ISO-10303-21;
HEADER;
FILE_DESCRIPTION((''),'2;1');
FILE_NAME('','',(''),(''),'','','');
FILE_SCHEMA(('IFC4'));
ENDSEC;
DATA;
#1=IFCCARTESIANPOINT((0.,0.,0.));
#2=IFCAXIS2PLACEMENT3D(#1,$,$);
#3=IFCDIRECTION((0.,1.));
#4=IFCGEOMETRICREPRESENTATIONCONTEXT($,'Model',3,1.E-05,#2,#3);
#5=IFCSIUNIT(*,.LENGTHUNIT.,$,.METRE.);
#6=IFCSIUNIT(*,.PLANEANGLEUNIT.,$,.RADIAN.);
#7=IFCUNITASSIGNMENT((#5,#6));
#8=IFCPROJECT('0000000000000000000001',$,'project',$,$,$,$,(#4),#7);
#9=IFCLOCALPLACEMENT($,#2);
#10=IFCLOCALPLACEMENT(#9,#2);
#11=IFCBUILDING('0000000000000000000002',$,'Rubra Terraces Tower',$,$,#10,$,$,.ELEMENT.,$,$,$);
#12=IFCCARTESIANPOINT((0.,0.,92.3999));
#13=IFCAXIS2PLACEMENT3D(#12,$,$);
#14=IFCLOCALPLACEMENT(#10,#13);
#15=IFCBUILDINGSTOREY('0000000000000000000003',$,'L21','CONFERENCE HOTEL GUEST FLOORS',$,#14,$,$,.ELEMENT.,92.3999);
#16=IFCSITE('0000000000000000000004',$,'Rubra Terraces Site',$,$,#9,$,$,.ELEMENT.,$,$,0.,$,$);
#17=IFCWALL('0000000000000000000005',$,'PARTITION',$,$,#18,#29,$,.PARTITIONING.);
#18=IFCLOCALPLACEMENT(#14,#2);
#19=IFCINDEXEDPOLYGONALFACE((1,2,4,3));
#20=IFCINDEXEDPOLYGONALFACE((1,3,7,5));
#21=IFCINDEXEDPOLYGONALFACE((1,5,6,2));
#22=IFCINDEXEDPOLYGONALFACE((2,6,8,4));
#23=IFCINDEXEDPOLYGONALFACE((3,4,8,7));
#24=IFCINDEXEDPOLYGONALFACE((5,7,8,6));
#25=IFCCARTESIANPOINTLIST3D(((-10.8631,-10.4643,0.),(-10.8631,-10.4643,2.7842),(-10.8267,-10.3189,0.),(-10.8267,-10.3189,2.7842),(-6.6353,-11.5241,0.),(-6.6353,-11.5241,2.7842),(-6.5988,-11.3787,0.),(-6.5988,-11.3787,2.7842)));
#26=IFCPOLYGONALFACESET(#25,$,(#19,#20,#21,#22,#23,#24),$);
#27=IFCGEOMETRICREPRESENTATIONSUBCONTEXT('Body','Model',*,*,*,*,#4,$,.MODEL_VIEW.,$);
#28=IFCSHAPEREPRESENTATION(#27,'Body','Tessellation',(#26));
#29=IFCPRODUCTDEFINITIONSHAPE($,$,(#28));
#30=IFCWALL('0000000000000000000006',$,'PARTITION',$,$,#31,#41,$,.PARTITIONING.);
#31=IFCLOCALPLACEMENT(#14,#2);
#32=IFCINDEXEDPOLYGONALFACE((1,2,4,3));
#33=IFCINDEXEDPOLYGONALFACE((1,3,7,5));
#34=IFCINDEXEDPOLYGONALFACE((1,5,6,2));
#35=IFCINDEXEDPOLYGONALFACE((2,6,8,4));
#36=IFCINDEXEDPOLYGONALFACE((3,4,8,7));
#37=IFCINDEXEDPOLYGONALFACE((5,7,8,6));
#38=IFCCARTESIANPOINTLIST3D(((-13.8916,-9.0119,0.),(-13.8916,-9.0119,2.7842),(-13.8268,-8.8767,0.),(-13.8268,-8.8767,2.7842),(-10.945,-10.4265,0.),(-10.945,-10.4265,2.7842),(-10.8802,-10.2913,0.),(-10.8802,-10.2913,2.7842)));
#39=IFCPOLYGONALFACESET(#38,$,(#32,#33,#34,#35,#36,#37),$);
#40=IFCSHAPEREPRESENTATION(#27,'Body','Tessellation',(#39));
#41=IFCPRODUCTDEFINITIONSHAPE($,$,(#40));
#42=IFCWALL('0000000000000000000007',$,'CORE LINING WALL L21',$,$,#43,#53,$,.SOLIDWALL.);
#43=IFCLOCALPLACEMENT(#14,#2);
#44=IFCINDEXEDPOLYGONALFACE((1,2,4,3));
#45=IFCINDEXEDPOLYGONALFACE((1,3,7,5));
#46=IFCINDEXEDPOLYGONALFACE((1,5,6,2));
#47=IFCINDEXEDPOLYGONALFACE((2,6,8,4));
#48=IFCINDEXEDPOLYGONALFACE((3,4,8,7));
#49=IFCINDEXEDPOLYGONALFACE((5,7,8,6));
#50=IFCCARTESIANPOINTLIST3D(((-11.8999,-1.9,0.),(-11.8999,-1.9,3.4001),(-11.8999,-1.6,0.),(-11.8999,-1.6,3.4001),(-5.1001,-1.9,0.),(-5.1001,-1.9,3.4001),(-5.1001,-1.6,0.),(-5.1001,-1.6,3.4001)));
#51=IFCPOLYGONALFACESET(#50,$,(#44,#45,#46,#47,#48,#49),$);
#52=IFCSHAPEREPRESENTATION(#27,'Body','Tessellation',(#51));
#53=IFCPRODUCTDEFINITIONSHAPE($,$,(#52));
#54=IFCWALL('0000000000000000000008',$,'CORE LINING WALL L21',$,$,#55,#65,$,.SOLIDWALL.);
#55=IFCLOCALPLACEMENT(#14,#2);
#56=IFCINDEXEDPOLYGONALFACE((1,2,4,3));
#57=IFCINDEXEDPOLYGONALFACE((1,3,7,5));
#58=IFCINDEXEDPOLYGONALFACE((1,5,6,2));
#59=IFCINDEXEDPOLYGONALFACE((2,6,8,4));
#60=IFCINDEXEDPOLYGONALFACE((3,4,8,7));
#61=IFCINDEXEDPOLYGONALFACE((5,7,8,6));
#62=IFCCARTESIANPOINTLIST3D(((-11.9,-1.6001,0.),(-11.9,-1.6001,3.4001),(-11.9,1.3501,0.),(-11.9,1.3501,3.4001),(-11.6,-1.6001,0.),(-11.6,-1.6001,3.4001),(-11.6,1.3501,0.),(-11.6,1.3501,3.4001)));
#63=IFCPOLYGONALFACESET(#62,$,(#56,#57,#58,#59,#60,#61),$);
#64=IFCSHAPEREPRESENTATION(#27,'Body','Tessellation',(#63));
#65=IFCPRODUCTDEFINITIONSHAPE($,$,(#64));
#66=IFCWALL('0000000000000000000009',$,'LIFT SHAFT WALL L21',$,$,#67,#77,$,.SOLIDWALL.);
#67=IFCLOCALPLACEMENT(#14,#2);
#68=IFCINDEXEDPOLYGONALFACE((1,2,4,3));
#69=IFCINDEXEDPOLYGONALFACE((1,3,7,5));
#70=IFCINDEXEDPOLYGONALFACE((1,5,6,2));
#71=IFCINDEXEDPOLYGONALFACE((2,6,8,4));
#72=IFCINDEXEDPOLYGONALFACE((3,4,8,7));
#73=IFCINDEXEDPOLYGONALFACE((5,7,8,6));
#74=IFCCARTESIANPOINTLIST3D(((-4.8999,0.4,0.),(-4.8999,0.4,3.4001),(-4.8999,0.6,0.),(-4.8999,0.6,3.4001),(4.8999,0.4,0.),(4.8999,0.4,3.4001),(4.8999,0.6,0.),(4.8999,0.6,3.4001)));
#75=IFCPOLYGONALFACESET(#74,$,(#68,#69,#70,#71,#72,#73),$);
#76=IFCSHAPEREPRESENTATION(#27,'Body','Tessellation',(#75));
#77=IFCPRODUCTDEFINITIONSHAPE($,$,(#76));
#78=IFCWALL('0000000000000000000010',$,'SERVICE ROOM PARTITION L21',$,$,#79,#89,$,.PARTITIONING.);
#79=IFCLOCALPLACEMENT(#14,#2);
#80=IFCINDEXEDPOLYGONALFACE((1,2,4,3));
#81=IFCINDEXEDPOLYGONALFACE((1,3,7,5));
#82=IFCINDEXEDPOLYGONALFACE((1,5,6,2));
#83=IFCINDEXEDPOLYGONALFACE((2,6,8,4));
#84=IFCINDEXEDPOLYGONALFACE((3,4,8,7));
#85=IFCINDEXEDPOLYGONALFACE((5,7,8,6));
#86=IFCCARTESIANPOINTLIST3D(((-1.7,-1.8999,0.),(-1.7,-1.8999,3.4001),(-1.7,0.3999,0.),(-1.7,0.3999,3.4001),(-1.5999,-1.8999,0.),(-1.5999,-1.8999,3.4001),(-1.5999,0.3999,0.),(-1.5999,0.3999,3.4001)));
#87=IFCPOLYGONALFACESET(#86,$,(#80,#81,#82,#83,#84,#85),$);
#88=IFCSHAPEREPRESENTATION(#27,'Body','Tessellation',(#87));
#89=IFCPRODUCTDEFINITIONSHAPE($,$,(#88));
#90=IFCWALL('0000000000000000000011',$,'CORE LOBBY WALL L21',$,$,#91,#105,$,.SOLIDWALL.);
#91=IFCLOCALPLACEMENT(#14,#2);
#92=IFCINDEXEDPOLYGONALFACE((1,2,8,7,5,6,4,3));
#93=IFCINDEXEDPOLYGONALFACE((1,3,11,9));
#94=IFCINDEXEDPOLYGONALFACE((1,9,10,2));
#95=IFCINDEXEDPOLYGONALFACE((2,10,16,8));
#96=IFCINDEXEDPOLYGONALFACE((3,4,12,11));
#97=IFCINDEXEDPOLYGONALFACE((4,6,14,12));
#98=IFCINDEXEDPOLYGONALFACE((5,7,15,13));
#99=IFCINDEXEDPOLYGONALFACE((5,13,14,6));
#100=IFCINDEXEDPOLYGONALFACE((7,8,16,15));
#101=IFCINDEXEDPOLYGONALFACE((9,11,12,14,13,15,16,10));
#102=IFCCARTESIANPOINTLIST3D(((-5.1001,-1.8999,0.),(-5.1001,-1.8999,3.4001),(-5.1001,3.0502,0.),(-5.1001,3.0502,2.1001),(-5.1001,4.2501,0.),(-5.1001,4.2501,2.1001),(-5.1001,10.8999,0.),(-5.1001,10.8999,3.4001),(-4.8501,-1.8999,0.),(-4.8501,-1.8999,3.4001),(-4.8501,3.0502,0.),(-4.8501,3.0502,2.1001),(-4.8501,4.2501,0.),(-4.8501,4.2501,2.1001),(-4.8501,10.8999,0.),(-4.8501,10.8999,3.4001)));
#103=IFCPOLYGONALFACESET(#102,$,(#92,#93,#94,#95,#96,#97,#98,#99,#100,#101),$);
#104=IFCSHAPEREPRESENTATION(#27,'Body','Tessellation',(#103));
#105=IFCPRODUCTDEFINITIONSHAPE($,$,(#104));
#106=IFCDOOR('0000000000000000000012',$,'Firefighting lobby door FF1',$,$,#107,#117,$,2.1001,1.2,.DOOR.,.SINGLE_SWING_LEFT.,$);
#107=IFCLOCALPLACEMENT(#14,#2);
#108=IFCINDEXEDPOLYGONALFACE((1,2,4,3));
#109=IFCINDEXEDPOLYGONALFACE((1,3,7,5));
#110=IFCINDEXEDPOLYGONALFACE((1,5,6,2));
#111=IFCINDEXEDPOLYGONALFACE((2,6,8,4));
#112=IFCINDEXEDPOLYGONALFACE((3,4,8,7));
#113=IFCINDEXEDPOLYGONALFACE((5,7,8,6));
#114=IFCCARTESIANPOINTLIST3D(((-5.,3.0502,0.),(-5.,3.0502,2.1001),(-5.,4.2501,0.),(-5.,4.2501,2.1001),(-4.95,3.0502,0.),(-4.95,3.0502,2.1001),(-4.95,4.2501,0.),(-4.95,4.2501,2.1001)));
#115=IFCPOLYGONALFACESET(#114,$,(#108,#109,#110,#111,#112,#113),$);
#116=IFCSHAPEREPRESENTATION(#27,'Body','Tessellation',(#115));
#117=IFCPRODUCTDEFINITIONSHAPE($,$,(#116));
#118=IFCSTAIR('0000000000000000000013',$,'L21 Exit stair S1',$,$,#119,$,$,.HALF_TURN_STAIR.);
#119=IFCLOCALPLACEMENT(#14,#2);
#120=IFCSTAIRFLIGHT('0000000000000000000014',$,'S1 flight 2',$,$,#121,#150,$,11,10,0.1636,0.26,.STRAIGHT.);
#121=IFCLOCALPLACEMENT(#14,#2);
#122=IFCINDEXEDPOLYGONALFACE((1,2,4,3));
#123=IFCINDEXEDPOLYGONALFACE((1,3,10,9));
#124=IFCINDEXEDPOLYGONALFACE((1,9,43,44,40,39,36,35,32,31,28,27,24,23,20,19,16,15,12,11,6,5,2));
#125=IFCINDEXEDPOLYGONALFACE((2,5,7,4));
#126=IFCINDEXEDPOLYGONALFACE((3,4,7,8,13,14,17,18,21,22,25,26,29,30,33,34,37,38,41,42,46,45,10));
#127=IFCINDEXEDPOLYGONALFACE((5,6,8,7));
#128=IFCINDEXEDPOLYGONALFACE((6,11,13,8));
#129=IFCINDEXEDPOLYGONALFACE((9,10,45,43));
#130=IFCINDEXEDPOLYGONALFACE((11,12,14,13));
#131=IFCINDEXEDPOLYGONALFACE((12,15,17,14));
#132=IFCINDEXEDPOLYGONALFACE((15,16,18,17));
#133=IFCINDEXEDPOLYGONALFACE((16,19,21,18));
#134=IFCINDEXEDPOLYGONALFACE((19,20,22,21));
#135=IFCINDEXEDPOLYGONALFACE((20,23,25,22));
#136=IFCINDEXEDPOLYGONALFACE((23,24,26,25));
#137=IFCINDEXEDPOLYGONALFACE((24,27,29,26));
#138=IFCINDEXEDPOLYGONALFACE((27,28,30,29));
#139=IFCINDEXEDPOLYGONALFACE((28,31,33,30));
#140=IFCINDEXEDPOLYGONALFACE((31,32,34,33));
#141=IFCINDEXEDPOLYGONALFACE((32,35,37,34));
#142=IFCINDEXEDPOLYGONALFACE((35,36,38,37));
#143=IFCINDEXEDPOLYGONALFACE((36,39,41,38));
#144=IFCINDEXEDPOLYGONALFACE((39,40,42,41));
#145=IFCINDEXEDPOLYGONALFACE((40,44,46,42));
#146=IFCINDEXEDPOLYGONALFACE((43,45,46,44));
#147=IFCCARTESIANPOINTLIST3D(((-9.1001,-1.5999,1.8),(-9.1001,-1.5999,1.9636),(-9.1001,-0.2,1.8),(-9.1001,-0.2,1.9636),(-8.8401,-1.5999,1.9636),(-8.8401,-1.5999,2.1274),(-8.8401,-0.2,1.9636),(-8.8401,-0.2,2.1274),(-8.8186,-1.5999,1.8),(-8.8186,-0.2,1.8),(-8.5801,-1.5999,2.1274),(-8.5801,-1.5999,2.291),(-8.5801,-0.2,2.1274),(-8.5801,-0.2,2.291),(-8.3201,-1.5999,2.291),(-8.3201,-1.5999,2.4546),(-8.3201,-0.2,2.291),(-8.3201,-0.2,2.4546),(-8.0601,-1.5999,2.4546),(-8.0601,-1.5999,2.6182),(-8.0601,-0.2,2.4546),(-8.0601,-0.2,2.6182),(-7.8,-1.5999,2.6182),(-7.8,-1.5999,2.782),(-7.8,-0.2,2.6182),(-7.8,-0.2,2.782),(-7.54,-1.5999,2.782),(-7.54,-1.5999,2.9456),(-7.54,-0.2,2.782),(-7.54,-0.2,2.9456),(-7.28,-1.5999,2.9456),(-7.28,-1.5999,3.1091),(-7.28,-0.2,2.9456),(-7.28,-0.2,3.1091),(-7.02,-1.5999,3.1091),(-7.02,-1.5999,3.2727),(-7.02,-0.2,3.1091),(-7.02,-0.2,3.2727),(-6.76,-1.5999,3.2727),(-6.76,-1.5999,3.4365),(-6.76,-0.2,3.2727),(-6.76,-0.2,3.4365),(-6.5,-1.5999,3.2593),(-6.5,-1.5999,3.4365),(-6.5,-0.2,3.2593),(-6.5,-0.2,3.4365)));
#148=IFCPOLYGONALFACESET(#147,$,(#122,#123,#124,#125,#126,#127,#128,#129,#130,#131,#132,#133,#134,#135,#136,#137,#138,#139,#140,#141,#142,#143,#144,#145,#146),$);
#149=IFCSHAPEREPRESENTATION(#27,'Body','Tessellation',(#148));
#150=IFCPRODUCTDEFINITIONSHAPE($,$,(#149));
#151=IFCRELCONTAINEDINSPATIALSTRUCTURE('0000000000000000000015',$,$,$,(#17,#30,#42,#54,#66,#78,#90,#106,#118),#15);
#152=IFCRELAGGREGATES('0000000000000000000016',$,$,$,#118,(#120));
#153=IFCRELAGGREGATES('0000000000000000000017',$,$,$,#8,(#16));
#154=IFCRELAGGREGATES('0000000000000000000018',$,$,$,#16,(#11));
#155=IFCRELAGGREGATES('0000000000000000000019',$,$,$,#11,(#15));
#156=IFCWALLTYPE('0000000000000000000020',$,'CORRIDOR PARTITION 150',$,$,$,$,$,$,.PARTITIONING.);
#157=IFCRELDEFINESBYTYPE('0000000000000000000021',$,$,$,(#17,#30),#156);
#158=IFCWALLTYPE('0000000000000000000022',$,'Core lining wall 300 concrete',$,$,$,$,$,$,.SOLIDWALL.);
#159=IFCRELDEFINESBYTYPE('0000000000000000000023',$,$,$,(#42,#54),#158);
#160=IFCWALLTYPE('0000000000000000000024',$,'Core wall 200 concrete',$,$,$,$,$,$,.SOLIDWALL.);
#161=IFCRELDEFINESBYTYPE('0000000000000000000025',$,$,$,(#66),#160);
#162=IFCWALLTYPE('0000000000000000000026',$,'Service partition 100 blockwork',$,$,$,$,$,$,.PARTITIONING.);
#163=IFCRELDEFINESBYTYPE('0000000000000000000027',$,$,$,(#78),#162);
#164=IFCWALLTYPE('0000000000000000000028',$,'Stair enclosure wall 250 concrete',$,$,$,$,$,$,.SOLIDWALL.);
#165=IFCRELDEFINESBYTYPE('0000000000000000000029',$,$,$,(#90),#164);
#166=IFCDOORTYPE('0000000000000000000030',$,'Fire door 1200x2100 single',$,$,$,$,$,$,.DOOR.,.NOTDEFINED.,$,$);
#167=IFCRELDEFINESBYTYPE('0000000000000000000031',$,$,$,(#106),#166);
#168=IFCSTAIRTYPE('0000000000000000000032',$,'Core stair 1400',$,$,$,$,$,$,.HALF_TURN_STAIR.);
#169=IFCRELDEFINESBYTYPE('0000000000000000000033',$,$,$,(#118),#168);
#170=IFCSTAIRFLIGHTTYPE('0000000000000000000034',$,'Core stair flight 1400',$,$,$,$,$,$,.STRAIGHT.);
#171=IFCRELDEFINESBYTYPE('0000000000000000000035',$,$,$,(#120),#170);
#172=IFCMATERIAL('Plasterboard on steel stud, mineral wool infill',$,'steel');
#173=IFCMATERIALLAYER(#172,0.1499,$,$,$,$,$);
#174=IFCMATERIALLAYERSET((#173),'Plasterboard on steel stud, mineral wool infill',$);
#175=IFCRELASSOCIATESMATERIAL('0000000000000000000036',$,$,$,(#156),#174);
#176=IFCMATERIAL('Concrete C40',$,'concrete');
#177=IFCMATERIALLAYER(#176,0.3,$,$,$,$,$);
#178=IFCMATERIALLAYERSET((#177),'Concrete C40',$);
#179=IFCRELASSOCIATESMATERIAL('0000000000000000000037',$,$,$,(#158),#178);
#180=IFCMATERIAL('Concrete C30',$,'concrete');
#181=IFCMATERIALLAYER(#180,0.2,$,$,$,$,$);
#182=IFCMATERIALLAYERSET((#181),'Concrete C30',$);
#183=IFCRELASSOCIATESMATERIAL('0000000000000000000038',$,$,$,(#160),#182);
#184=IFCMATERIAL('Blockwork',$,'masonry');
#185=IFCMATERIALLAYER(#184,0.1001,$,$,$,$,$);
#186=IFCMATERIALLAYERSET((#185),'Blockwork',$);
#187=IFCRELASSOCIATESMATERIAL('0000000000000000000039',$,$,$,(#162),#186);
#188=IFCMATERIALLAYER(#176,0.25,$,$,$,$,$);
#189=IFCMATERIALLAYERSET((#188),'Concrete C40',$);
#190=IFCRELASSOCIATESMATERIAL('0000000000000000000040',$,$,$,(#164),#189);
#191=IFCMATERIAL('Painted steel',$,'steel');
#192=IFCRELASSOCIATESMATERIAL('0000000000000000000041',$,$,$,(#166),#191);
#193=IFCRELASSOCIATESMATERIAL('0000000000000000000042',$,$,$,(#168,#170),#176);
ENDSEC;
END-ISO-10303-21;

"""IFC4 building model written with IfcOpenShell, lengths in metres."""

from ifc_helpers import new_model, si_unit, direction, frame, frame_2d, origin, place, context, subcontext, project, spatial, polyline, rectangle, outline, extrude, material, layer, layer_set, type_object, element, fill, aggregate, save


model = new_model("IFC4")

# Units and contexts
model_context = context("Model", 3, precision=1e-05, world=origin(), true_north=direction((0.0, 1.0)))
body_context = subcontext(model_context, "Body", "Model", "MODEL_VIEW")
ifc_project = project(units=[si_unit("LENGTHUNIT", "METRE"), si_unit("PLANEANGLEUNIT", "RADIAN")], contexts=[model_context])

# Site, building, storey
site_placement = place(None, origin())
site = spatial("IfcSite", under=ifc_project, at=site_placement, Name="Rubra Terraces Site", CompositionType="ELEMENT", RefElevation=0.0)
building_placement = place(site_placement, origin())
building = spatial("IfcBuilding", under=site, at=building_placement, Name="Rubra Terraces Tower", CompositionType="ELEMENT")
storey_placement = place(building_placement, frame((0.0, 0.0, 92.3999)))
storey = spatial("IfcBuildingStorey", under=building, at=storey_placement, Name="L21", Description="CONFERENCE HOTEL GUEST FLOORS", CompositionType="ELEMENT", Elevation=92.3999)

# Shared definitions
ifc_material_1 = material(Name="Concrete C40", Category="concrete")

# Shared definitions
ifc_material_2 = material(Name="Painted steel", Category="steel")

# Walls
ifc_material_3 = material(Name="Plasterboard on steel stud, mineral wool infill", Category="steel")
ifc_layer_1 = layer(ifc_material_3, 0.1499)
ifc_layer_set_1 = layer_set([ifc_layer_1], Name="Plasterboard on steel stud, mineral wool infill")
wall_type_1 = type_object("IfcWallType", Name="CORRIDOR PARTITION 150", PredefinedType="PARTITIONING", material=ifc_layer_set_1)
wall_1_placement = place(storey_placement, frame((-6.6172, -11.4514, 0.0), z_axis=(0.0, 0.0, 1.0), x_axis=(-0.969987, 0.243155, 0.0)))
element("IfcWall", 1, at=wall_1_placement, inside=storey, type_object=wall_type_1, Name="PARTITION", PredefinedType="PARTITIONING", context=body_context, shape_type="SweptSolid", body=[
    extrude(rectangle(XDim=4.3586, YDim=0.1499, at=frame_2d((2.1792, 0.0))), origin(), (0.0, 0.0, 1.0), 2.7842),
])
wall_2_placement = place(storey_placement, frame((-10.9126, -10.3589, 0.0), z_axis=(0.0, 0.0, 1.0), x_axis=(-0.901497, 0.432784, 0.0)))
element("IfcWall", 2, at=wall_2_placement, inside=storey, type_object=wall_type_1, Name="PARTITION", PredefinedType="PARTITIONING", context=body_context, shape_type="SweptSolid", body=[
    extrude(rectangle(XDim=3.2686, YDim=0.1499, at=frame_2d((1.6343, 0.0))), origin(), (0.0, 0.0, 1.0), 2.7842),
])
ifc_layer_2 = layer(ifc_material_1, 0.3)
ifc_layer_set_2 = layer_set([ifc_layer_2], Name="Concrete C40")
wall_type_2 = type_object("IfcWallType", Name="Core lining wall 300 concrete", PredefinedType="SOLIDWALL", material=ifc_layer_set_2)
wall_3_placement = place(storey_placement, frame((-11.8999, -1.75, 0.0), z_axis=(0.0, 0.0, 1.0), x_axis=(1.0, 0.0, 0.0)))
element("IfcWall", 3, at=wall_3_placement, inside=storey, type_object=wall_type_2, Name="CORE LINING WALL L21", PredefinedType="SOLIDWALL", context=body_context, shape_type="SweptSolid", body=[
    extrude(rectangle(XDim=6.7998, YDim=0.3, at=frame_2d((3.3999, 0.0))), origin(), (0.0, 0.0, 1.0), 3.4001),
])
wall_4_placement = place(storey_placement, frame((-11.75, -1.6001, 0.0), z_axis=(0.0, 0.0, 1.0), x_axis=(0.0, 1.0, 0.0)))
element("IfcWall", 4, at=wall_4_placement, inside=storey, type_object=wall_type_2, Name="CORE LINING WALL L21", PredefinedType="SOLIDWALL", context=body_context, shape_type="SweptSolid", body=[
    extrude(rectangle(XDim=2.9502, YDim=0.3, at=frame_2d((1.4751, 0.0))), origin(), (0.0, 0.0, 1.0), 3.4001),
])
ifc_material_4 = material(Name="Concrete C30", Category="concrete")
ifc_layer_3 = layer(ifc_material_4, 0.2)
ifc_layer_set_3 = layer_set([ifc_layer_3], Name="Concrete C30")
wall_type_3 = type_object("IfcWallType", Name="Core wall 200 concrete", PredefinedType="SOLIDWALL", material=ifc_layer_set_3)
wall_5_placement = place(storey_placement, frame((-4.8999, 0.5, 0.0), z_axis=(0.0, 0.0, 1.0), x_axis=(1.0, 0.0, 0.0)))
element("IfcWall", 5, at=wall_5_placement, inside=storey, type_object=wall_type_3, Name="LIFT SHAFT WALL L21", PredefinedType="SOLIDWALL", context=body_context, shape_type="SweptSolid", body=[
    extrude(rectangle(XDim=9.7998, YDim=0.2, at=frame_2d((4.8999, 0.0))), origin(), (0.0, 0.0, 1.0), 3.4001),
])
ifc_material_5 = material(Name="Blockwork", Category="masonry")
ifc_layer_4 = layer(ifc_material_5, 0.1001)
ifc_layer_set_4 = layer_set([ifc_layer_4], Name="Blockwork")
wall_type_4 = type_object("IfcWallType", Name="Service partition 100 blockwork", PredefinedType="PARTITIONING", material=ifc_layer_set_4)
wall_6_placement = place(storey_placement, frame((-1.6499, -1.8999, 0.0), z_axis=(0.0, 0.0, 1.0), x_axis=(0.0, 1.0, 0.0)))
element("IfcWall", 6, at=wall_6_placement, inside=storey, type_object=wall_type_4, Name="SERVICE ROOM PARTITION L21", PredefinedType="PARTITIONING", context=body_context, shape_type="SweptSolid", body=[
    extrude(rectangle(XDim=2.2998, YDim=0.1001, at=frame_2d((1.1499, 0.0))), origin(), (0.0, 0.0, 1.0), 3.4001),
])

# Wall, opening, door
ifc_layer_5 = layer(ifc_material_1, 0.25)
ifc_layer_set_5 = layer_set([ifc_layer_5], Name="Concrete C40")
wall_type_5 = type_object("IfcWallType", Name="Stair enclosure wall 250 concrete", PredefinedType="SOLIDWALL", material=ifc_layer_set_5)
wall_7_placement = place(storey_placement, frame((-4.9751, -1.8999, 0.0), z_axis=(0.0, 0.0, 1.0), x_axis=(0.0, 1.0, 0.0)))
wall_7 = element("IfcWall", 7, at=wall_7_placement, inside=storey, type_object=wall_type_5, Name="CORE LOBBY WALL L21", PredefinedType="SOLIDWALL", context=body_context, shape_type="SweptSolid", body=[
    extrude(rectangle(XDim=12.7998, YDim=0.25, at=frame_2d((6.3999, 0.0))), origin(), (0.0, 0.0, 1.0), 3.4001),
])
opening_1_placement = place(wall_7_placement, frame((4.95, 0.0, 0.0)))
opening_1 = element("IfcOpeningElement", 8, at=opening_1_placement, cuts=wall_7, PredefinedType="OPENING", context=body_context, shape_type="SweptSolid", body=[
    extrude(rectangle(XDim=1.2, YDim=2.1001, at=frame_2d((0.6001, 1.05))), frame((0.0, 0.135, 0.0), z_axis=(0.0, -1.0, 0.0), x_axis=(1.0, 0.0, 0.0)), (0.0, 0.0, 1.0), 0.27),
])
door_type_1 = type_object("IfcDoorType", Name="Fire door 1200x2100 single", OperationType="NOTDEFINED", PredefinedType="DOOR", material=ifc_material_2)
door_1_placement = place(opening_1_placement, origin())
door_1 = element("IfcDoor", 9, at=door_1_placement, inside=storey, type_object=door_type_1, Name="Firefighting lobby door FF1", OperationType="SINGLE_SWING_LEFT", OverallHeight=2.1001, OverallWidth=1.2, PredefinedType="DOOR", context=body_context, shape_type="SweptSolid", body=[
    extrude(rectangle(XDim=1.2, YDim=2.1001, at=frame_2d((0.6001, 1.05))), frame((0.0, 0.0249, 0.0), z_axis=(0.0, -1.0, 0.0), x_axis=(1.0, 0.0, 0.0)), (0.0, 0.0, 1.0), 0.05),
])
fill(opening_1, door_1)

# Stair, stair flight
stair_type = type_object("IfcStairType", Name="Core stair 1400", PredefinedType="HALF_TURN_STAIR", material=ifc_material_1)
stair_placement = place(storey_placement, origin())
stair = element("IfcStair", 10, at=stair_placement, inside=storey, type_object=stair_type, Name="L21 Exit stair S1", PredefinedType="HALF_TURN_STAIR")
stair_flight_type = type_object("IfcStairFlightType", Name="Core stair flight 1400", PredefinedType="STRAIGHT", material=ifc_material_1)
stair_flight_placement = place(storey_placement, frame((-9.1001, -0.8999, 1.8), z_axis=(0.0, 0.0, 1.0), x_axis=(1.0, 0.0, 0.0)))
stair_flight = element("IfcStairFlight", 11, at=stair_flight_placement, type_object=stair_flight_type, Name="S1 flight 2", NumberOfRisers=11, NumberOfTreads=10, PredefinedType="STRAIGHT", RiserHeight=0.1636, TreadLength=0.26, context=body_context, shape_type="SweptSolid", body=[
    extrude(outline(polyline([(0.0, 0.0), (0.0, 0.1636), (0.26, 0.1636), (0.26, 0.3274), (0.52, 0.3274), (0.52, 0.491), (0.78, 0.491), (0.78, 0.6545), (1.04, 0.6545), (1.04, 0.8181), (1.3, 0.8181), (1.3, 0.9819), (1.5601, 0.9819), (1.5601, 1.1455), (1.8201, 1.1455), (1.8201, 1.3091), (2.0801, 1.3091), (2.0801, 1.4727), (2.3401, 1.4727), (2.3401, 1.6365), (2.6001, 1.6365), (2.6001, 1.8), (2.6001, 1.4592), (0.2815, 0.0), (0.0, 0.0)])), frame((0.0, 0.7, 0.0), z_axis=(0.0, -1.0, 0.0), x_axis=(1.0, 0.0, 0.0)), (0.0, 0.0, 1.0), 1.3999),
])
aggregate(stair, [stair_flight])

save(model, "model.ifc")
